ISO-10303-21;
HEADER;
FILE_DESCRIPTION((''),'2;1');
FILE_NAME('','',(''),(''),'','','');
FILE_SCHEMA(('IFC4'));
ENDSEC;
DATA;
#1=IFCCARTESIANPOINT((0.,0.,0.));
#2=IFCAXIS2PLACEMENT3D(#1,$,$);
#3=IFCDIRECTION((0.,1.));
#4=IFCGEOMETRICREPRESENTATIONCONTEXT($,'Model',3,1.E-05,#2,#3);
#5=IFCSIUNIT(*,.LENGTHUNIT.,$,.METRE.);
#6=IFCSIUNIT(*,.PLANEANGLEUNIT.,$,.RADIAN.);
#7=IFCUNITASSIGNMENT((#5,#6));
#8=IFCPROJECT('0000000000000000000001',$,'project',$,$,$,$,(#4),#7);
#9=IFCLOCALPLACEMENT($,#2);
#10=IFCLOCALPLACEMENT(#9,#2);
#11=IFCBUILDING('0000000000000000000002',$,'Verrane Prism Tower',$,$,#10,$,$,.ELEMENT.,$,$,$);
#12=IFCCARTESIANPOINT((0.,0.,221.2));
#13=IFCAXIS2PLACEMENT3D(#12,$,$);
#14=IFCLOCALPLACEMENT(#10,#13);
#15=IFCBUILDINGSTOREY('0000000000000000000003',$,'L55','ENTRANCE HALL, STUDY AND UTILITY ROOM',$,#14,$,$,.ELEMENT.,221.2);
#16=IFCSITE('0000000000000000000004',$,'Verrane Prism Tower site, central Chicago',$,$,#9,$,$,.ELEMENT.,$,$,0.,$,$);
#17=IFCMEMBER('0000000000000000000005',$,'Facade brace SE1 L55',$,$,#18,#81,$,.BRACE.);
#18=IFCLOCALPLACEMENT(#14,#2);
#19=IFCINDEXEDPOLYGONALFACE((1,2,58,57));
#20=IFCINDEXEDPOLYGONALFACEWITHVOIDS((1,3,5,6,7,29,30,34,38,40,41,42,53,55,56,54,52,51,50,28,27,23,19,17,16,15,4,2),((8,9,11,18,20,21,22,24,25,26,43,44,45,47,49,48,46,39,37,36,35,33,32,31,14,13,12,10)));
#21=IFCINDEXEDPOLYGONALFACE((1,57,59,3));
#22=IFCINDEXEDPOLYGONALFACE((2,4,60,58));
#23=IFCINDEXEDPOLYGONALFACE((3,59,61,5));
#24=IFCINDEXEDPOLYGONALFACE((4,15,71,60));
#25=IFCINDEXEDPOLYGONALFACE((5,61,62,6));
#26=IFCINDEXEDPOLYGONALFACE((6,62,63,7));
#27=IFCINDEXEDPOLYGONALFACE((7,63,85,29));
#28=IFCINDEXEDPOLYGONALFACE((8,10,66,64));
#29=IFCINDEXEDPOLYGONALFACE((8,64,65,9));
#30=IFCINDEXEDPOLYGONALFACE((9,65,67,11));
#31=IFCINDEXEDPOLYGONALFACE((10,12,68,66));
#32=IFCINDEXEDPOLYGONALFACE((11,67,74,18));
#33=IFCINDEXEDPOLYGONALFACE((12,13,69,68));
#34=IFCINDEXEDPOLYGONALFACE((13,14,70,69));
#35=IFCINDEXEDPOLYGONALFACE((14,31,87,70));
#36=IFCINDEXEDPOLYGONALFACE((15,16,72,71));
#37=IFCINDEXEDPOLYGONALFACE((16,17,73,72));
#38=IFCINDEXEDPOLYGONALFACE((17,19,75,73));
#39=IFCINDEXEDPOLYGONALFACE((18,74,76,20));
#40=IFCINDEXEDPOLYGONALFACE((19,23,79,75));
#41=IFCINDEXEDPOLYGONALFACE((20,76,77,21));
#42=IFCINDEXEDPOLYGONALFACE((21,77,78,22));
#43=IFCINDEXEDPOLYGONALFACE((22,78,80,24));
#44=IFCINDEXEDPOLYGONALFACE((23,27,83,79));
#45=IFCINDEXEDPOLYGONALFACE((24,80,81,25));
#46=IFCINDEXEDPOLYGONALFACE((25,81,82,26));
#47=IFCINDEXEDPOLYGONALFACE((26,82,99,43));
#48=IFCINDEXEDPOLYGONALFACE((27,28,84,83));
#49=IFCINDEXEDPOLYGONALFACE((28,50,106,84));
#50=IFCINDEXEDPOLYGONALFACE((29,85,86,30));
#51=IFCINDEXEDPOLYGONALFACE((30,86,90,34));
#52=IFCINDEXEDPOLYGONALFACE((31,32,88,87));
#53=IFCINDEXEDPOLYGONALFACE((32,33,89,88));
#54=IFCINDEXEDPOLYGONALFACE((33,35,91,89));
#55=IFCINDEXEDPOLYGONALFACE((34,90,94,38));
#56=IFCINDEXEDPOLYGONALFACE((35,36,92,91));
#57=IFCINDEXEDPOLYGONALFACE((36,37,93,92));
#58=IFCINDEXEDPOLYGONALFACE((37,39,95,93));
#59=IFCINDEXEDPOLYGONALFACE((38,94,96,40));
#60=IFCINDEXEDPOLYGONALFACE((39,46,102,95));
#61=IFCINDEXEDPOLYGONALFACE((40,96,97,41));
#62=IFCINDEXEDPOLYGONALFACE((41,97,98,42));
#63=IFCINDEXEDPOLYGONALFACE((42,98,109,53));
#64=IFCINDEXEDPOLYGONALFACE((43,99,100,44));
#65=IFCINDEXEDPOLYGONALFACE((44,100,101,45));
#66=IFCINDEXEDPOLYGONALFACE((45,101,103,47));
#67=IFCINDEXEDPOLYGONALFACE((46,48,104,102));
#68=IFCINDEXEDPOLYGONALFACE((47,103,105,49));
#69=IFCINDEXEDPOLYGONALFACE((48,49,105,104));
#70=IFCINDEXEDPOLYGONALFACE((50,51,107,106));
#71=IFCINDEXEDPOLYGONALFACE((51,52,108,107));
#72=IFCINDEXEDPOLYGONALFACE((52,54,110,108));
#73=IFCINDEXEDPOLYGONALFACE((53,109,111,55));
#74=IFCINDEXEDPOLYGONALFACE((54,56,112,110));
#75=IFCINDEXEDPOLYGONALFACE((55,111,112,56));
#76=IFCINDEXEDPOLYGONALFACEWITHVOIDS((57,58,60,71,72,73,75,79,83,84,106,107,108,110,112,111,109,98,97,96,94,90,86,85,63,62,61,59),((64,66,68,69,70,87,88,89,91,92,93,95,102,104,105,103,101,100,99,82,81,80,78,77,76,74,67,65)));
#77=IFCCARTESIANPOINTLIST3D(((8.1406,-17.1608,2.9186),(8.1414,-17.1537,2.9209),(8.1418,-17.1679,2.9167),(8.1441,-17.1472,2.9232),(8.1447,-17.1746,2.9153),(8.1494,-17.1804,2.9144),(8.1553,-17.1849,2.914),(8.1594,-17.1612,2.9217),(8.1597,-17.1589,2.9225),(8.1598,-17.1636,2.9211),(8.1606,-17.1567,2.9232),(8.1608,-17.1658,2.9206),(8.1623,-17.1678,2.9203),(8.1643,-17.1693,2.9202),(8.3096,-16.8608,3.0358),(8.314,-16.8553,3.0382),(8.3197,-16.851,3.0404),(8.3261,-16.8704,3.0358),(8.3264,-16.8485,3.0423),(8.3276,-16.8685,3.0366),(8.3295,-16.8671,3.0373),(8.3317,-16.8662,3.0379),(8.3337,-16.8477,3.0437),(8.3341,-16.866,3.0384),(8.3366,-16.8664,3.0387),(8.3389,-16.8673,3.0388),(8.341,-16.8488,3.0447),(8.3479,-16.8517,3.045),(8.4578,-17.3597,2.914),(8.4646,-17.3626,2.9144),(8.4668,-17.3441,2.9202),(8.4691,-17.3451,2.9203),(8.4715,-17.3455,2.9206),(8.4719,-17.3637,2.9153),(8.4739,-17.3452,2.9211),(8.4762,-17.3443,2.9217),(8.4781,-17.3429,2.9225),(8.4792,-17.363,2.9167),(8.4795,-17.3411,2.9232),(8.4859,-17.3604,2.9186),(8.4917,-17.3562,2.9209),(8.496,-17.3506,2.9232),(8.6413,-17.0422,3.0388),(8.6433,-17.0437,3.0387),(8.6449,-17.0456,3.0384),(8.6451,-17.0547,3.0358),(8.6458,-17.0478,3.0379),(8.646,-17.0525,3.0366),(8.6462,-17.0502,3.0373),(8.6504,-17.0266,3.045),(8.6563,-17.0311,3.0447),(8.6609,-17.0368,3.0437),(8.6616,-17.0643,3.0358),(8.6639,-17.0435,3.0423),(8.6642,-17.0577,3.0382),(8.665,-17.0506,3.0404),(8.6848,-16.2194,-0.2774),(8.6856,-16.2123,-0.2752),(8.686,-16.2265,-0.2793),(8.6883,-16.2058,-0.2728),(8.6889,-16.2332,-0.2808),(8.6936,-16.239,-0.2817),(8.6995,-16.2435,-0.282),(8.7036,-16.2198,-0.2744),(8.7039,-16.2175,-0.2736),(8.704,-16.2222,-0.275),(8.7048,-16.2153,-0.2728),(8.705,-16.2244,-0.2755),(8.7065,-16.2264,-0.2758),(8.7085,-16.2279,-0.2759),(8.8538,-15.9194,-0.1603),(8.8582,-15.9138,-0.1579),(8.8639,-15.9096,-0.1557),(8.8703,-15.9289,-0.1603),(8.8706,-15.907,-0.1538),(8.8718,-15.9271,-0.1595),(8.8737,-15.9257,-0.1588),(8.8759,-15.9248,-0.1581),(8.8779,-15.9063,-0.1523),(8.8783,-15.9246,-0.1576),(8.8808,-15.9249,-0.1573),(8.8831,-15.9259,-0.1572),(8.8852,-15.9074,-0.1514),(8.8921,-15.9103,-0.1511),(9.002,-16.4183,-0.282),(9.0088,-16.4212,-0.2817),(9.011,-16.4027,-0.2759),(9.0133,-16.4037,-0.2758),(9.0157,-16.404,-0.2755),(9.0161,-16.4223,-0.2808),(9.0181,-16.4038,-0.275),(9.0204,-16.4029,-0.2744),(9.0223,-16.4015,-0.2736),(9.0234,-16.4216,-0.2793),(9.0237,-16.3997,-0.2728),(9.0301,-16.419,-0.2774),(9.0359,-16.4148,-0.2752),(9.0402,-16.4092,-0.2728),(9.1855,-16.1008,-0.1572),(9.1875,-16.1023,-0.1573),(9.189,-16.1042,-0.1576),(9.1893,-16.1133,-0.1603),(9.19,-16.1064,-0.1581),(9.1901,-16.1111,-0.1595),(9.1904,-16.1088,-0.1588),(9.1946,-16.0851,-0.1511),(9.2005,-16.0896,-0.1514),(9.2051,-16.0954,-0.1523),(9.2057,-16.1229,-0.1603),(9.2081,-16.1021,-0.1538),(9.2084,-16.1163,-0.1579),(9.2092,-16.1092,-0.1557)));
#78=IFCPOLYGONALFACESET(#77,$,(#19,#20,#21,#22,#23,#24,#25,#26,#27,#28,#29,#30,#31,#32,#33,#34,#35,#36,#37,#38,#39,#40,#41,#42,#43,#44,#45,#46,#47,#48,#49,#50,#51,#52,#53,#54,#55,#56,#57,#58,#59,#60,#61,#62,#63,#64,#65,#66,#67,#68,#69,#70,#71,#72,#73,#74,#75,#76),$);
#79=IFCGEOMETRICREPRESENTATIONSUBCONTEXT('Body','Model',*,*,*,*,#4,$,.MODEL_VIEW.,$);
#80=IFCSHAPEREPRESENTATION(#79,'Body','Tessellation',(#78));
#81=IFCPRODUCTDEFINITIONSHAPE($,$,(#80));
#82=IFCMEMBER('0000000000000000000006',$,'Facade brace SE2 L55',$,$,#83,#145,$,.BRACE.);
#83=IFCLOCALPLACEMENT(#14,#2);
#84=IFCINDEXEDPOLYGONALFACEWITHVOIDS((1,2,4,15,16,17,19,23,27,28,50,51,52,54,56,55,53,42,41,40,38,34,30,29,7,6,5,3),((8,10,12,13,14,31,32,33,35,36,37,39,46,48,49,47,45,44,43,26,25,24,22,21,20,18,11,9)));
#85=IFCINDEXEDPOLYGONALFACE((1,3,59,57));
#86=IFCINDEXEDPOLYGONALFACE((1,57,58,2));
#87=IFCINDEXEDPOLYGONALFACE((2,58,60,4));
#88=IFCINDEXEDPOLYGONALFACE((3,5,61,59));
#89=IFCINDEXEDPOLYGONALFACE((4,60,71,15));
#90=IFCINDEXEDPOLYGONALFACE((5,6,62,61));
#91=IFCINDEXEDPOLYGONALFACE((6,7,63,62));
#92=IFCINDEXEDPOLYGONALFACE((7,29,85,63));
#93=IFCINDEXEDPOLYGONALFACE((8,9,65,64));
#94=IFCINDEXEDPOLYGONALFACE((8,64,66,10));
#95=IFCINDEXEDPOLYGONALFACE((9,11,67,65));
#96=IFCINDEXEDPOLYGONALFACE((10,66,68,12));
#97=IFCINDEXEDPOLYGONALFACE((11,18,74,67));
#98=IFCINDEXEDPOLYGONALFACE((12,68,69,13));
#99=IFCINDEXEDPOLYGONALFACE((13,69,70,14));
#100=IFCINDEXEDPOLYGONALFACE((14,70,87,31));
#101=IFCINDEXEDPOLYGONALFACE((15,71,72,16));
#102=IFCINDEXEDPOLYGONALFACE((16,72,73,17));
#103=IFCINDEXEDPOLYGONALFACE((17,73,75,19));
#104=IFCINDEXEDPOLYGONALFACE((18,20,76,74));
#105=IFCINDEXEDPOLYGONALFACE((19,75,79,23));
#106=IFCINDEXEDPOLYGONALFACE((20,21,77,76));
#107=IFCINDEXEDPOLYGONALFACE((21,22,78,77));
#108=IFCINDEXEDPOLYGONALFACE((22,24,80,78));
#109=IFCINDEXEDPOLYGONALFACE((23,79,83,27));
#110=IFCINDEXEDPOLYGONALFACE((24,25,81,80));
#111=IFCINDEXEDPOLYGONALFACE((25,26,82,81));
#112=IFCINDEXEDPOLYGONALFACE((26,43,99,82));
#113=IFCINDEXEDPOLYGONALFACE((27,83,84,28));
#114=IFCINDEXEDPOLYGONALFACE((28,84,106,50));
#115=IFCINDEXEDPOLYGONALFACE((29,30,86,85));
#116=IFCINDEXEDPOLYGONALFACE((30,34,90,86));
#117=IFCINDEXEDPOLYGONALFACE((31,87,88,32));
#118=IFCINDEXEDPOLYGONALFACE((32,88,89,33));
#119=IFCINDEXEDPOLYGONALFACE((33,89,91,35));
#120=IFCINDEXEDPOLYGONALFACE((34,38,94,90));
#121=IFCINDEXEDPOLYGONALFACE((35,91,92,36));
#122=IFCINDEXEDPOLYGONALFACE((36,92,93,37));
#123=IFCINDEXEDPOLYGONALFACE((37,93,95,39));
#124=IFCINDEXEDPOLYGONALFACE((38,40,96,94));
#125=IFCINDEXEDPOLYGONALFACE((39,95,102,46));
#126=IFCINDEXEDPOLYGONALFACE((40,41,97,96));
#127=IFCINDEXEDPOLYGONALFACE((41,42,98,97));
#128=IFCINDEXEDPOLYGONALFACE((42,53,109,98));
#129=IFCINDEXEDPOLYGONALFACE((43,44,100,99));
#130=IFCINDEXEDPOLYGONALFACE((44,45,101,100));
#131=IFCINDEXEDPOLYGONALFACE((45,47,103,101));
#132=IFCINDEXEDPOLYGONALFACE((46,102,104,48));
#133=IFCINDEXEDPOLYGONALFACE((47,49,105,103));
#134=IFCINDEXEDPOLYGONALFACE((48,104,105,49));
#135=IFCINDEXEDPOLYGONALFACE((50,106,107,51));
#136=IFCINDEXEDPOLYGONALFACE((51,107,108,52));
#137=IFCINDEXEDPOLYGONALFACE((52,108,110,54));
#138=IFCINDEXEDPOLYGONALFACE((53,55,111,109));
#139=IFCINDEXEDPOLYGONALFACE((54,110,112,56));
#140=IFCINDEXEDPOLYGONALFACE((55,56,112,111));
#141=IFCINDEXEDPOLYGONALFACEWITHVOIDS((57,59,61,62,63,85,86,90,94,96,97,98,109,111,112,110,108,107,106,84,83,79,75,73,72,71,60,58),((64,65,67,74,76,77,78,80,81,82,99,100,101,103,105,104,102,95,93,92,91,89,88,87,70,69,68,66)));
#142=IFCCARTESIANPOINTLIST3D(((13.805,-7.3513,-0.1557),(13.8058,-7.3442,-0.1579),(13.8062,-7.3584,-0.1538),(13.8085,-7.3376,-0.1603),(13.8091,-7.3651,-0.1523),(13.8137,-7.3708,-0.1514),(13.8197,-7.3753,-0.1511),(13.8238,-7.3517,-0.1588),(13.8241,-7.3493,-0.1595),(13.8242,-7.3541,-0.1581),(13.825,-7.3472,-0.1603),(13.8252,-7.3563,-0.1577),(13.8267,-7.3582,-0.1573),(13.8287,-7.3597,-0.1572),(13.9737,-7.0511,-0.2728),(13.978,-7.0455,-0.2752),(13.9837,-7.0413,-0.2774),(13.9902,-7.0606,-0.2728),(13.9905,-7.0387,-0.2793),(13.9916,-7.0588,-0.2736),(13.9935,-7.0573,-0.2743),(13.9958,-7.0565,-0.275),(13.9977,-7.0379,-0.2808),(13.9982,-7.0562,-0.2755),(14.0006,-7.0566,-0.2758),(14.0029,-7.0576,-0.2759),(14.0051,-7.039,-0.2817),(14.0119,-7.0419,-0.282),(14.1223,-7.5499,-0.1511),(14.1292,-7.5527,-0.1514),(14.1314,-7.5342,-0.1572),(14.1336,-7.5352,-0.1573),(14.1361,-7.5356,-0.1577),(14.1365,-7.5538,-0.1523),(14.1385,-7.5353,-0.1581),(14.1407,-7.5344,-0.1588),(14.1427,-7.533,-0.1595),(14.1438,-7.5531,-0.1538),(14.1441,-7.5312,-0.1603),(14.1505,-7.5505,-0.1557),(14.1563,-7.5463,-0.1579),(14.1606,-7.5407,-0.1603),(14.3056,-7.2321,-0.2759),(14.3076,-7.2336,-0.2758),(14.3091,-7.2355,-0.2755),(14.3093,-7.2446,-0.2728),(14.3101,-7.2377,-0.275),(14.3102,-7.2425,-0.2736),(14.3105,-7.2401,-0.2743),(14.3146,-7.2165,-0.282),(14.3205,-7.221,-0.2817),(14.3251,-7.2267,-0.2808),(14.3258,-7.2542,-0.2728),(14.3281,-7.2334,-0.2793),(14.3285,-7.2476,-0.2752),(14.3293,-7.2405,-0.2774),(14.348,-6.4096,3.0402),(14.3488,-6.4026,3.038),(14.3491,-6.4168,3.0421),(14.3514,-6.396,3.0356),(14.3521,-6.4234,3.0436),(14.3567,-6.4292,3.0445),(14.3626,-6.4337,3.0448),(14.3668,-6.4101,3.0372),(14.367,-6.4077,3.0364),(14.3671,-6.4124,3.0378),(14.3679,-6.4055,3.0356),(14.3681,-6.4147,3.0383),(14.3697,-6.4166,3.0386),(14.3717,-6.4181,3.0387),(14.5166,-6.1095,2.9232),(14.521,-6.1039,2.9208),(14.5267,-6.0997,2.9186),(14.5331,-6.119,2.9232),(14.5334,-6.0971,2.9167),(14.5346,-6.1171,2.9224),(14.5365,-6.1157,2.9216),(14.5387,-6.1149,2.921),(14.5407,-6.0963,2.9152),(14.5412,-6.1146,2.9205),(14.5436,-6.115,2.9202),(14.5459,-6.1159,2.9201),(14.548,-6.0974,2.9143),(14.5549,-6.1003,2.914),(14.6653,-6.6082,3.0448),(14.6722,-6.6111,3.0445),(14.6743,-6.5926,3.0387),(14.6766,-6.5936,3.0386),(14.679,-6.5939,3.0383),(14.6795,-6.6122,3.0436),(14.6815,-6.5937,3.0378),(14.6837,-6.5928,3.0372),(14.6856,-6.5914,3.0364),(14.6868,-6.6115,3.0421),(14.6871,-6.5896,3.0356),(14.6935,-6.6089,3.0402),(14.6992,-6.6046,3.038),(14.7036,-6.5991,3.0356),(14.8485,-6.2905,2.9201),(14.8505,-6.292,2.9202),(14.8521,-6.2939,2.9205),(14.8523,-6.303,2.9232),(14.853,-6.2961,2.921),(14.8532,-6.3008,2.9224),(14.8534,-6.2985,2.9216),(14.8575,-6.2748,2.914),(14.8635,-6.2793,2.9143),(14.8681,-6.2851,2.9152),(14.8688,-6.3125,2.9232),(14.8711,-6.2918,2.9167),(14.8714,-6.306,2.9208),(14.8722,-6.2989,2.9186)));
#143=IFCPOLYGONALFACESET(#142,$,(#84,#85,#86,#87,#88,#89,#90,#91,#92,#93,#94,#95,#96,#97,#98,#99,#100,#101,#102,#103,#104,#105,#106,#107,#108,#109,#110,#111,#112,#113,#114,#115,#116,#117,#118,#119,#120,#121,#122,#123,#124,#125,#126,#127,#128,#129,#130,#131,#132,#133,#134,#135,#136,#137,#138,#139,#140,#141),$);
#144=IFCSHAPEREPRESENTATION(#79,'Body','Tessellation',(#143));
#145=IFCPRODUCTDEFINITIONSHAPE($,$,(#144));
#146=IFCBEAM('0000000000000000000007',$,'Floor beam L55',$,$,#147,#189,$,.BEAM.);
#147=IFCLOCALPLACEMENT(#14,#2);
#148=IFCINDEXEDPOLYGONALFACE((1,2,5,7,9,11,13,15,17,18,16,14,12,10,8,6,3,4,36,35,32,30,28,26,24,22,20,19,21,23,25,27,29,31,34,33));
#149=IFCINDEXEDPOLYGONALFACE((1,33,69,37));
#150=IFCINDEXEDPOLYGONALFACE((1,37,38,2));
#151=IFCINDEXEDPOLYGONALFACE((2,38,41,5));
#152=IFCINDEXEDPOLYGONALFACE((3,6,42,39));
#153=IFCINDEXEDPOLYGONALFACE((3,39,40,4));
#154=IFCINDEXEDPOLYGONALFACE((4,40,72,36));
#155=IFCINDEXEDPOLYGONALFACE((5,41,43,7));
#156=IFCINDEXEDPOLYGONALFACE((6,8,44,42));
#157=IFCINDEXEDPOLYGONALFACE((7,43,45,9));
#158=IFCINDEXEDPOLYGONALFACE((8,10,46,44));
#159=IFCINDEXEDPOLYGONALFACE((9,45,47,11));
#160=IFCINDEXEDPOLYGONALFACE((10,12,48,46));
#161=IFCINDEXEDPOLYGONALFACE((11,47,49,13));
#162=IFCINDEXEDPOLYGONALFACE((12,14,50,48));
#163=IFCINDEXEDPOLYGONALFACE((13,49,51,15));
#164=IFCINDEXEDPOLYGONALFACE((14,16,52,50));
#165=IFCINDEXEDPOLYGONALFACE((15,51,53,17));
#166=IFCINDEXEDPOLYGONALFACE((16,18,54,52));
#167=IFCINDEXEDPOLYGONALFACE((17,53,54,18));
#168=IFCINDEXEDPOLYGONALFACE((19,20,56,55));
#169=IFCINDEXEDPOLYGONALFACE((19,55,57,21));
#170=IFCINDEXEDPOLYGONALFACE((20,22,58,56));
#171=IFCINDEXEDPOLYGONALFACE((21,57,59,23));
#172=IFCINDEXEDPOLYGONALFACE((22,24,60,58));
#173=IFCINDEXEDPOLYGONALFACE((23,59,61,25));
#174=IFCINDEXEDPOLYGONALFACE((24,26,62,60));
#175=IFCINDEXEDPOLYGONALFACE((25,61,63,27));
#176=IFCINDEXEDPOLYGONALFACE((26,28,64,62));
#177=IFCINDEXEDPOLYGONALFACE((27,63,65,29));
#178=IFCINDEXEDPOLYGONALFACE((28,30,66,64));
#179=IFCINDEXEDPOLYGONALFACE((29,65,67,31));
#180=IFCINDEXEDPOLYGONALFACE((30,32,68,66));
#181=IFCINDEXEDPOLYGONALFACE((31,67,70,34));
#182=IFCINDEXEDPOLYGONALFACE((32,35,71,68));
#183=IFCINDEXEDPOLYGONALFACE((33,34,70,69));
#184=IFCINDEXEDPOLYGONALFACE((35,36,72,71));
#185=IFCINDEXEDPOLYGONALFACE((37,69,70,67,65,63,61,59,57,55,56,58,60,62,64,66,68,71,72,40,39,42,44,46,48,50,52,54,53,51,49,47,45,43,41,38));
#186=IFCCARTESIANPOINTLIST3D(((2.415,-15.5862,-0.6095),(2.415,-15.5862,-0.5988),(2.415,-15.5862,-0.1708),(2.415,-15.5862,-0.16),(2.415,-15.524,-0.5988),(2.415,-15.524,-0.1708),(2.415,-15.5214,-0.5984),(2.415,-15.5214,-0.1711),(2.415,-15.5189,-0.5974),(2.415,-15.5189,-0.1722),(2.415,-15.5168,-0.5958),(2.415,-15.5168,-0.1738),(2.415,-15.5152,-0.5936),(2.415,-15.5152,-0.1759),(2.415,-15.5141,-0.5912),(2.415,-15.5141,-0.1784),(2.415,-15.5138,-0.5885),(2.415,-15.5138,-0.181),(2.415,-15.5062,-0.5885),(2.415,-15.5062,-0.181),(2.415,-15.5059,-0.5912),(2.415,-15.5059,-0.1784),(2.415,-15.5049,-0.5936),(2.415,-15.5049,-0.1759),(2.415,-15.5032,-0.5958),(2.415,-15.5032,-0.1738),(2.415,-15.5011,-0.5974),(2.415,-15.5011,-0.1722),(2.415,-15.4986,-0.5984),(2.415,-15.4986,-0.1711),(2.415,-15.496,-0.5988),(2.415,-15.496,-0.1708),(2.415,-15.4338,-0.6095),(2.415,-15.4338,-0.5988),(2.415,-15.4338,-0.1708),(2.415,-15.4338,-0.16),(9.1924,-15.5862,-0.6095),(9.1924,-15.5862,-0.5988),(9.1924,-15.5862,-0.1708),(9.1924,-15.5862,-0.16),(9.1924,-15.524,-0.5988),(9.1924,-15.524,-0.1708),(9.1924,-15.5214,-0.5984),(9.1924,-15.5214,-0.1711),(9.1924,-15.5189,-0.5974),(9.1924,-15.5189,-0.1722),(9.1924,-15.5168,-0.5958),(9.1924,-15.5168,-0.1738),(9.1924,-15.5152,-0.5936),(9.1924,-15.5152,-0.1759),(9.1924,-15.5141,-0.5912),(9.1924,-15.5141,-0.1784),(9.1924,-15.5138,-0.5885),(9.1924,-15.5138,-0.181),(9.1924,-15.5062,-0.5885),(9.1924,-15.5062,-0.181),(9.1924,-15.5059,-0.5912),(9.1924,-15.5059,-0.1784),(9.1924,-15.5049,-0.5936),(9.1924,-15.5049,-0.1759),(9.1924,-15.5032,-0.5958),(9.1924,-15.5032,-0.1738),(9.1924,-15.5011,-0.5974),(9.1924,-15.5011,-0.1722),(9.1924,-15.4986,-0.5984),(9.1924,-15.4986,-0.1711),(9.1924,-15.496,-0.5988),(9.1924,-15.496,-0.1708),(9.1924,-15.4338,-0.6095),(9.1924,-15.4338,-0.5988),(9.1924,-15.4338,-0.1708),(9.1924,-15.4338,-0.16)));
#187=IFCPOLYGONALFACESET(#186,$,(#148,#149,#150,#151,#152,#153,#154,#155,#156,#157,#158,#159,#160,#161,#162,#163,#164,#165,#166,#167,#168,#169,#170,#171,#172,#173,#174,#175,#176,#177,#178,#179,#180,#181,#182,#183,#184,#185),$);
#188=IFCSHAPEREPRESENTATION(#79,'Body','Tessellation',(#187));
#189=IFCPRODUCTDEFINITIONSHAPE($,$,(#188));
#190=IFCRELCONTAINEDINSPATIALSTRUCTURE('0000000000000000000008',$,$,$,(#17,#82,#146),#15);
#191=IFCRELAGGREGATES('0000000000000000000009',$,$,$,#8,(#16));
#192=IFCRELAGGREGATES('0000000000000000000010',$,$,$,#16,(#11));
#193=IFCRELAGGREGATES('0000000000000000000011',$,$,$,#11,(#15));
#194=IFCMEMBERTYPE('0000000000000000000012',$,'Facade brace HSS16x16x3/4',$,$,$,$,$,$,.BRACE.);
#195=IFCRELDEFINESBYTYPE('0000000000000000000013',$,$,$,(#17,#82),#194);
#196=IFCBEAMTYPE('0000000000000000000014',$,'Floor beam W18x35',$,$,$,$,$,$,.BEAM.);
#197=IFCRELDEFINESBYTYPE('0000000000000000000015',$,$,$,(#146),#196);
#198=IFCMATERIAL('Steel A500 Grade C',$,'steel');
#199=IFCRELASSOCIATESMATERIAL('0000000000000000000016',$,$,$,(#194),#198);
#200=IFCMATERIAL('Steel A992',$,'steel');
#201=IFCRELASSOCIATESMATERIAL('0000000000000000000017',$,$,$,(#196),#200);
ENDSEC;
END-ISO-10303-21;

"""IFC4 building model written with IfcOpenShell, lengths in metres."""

from ifc_helpers import new_model, si_unit, direction, frame, origin, origin_2d, place, context, subcontext, project, spatial, hollow_rectangle, i_section, extrude, material, material_profile, profile_set, type_object, element, save


model = new_model("IFC4")

# Units and contexts
model_context = context("Model", 3, precision=1e-05, world=origin(), true_north=direction((0.0, 1.0)))
body_context = subcontext(model_context, "Body", "Model", "MODEL_VIEW")
ifc_project = project(units=[si_unit("LENGTHUNIT", "METRE"), si_unit("PLANEANGLEUNIT", "RADIAN")], contexts=[model_context])

# Site, building, storey
site_placement = place(None, origin())
site = spatial("IfcSite", under=ifc_project, at=site_placement, Name="Verrane Prism Tower site, central Chicago", CompositionType="ELEMENT", RefElevation=0.0)
building_placement = place(site_placement, origin())
building = spatial("IfcBuilding", under=site, at=building_placement, Name="Verrane Prism Tower", CompositionType="ELEMENT")
storey_placement = place(building_placement, frame((0.0, 0.0, 221.2)))
storey = spatial("IfcBuildingStorey", under=building, at=storey_placement, Name="L55", Description="ENTRANCE HALL, STUDY AND UTILITY ROOM", CompositionType="ELEMENT", Elevation=221.2)

# Members
ifc_material_1 = material(Name="Steel A500 Grade C", Category="steel")
ifc_material_profile_1 = material_profile(ifc_material_1, hollow_rectangle(XDim=0.4065, YDim=0.4065, WallThickness=0.019, InnerFilletRadius=0.0095, OuterFilletRadius=0.0286, at=origin_2d()), Name="HSS16x16x3/4")
ifc_profile_set_1 = profile_set([ifc_material_profile_1], Name="Steel A500 Grade C")
member_type_1 = type_object("IfcMemberType", Name="Facade brace HSS16x16x3/4", PredefinedType="BRACE", material=ifc_profile_set_1)
member_1_placement = place(storey_placement, frame((8.947, -16.1643, -0.2166), z_axis=(-0.161196, -0.278856, 0.946708), x_axis=(0.865759, -0.500461, 0.0)))
element("IfcMember", 1, at=member_1_placement, inside=storey, type_object=member_type_1, Name="Facade brace SE1 L55", PredefinedType="BRACE", context=body_context, shape_type="SweptSolid", body=[
    extrude(hollow_rectangle(XDim=0.4065, YDim=0.4065, WallThickness=0.019, InnerFilletRadius=0.0095, OuterFilletRadius=0.0286, at=origin_2d()), origin(), (0.0, 0.0, 1.0), 3.376),
])
member_2_placement = place(storey_placement, frame((14.0671, -7.2959, -0.2166), z_axis=(0.16084, 0.278939, 0.946744), x_axis=(-0.866301, 0.499522, 0.0)))
element("IfcMember", 2, at=member_2_placement, inside=storey, type_object=member_type_1, Name="Facade brace SE2 L55", PredefinedType="BRACE", context=body_context, shape_type="SweptSolid", body=[
    extrude(hollow_rectangle(XDim=0.4065, YDim=0.4065, WallThickness=0.019, InnerFilletRadius=0.0095, OuterFilletRadius=0.0286, at=origin_2d()), origin(), (0.0, 0.0, 1.0), 3.3757),
])

# Beam
ifc_material_2 = material(Name="Steel A992", Category="steel")
ifc_material_profile_2 = material_profile(ifc_material_2, i_section(OverallWidth=0.1523, OverallDepth=0.4495, WebThickness=0.0076, FlangeThickness=0.0107, FilletRadius=0.0103, at=origin_2d()), Name="W18x35")
ifc_profile_set_2 = profile_set([ifc_material_profile_2], Name="Steel A992")
beam_type_1 = type_object("IfcBeamType", Name="Floor beam W18x35", PredefinedType="BEAM", material=ifc_profile_set_2)
beam_1_placement = place(storey_placement, frame((2.415, -15.51, -0.3848), z_axis=(1.0, 0.0, 0.0), x_axis=(0.0, 1.0, 0.0)))
element("IfcBeam", 3, at=beam_1_placement, inside=storey, type_object=beam_type_1, Name="Floor beam L55", PredefinedType="BEAM", context=body_context, shape_type="SweptSolid", body=[
    extrude(i_section(OverallWidth=0.1523, OverallDepth=0.4495, WebThickness=0.0076, FlangeThickness=0.0107, FilletRadius=0.0103, at=origin_2d()), origin(), (0.0, 0.0, 1.0), 6.7773),
])

save(model, "model.ifc")
